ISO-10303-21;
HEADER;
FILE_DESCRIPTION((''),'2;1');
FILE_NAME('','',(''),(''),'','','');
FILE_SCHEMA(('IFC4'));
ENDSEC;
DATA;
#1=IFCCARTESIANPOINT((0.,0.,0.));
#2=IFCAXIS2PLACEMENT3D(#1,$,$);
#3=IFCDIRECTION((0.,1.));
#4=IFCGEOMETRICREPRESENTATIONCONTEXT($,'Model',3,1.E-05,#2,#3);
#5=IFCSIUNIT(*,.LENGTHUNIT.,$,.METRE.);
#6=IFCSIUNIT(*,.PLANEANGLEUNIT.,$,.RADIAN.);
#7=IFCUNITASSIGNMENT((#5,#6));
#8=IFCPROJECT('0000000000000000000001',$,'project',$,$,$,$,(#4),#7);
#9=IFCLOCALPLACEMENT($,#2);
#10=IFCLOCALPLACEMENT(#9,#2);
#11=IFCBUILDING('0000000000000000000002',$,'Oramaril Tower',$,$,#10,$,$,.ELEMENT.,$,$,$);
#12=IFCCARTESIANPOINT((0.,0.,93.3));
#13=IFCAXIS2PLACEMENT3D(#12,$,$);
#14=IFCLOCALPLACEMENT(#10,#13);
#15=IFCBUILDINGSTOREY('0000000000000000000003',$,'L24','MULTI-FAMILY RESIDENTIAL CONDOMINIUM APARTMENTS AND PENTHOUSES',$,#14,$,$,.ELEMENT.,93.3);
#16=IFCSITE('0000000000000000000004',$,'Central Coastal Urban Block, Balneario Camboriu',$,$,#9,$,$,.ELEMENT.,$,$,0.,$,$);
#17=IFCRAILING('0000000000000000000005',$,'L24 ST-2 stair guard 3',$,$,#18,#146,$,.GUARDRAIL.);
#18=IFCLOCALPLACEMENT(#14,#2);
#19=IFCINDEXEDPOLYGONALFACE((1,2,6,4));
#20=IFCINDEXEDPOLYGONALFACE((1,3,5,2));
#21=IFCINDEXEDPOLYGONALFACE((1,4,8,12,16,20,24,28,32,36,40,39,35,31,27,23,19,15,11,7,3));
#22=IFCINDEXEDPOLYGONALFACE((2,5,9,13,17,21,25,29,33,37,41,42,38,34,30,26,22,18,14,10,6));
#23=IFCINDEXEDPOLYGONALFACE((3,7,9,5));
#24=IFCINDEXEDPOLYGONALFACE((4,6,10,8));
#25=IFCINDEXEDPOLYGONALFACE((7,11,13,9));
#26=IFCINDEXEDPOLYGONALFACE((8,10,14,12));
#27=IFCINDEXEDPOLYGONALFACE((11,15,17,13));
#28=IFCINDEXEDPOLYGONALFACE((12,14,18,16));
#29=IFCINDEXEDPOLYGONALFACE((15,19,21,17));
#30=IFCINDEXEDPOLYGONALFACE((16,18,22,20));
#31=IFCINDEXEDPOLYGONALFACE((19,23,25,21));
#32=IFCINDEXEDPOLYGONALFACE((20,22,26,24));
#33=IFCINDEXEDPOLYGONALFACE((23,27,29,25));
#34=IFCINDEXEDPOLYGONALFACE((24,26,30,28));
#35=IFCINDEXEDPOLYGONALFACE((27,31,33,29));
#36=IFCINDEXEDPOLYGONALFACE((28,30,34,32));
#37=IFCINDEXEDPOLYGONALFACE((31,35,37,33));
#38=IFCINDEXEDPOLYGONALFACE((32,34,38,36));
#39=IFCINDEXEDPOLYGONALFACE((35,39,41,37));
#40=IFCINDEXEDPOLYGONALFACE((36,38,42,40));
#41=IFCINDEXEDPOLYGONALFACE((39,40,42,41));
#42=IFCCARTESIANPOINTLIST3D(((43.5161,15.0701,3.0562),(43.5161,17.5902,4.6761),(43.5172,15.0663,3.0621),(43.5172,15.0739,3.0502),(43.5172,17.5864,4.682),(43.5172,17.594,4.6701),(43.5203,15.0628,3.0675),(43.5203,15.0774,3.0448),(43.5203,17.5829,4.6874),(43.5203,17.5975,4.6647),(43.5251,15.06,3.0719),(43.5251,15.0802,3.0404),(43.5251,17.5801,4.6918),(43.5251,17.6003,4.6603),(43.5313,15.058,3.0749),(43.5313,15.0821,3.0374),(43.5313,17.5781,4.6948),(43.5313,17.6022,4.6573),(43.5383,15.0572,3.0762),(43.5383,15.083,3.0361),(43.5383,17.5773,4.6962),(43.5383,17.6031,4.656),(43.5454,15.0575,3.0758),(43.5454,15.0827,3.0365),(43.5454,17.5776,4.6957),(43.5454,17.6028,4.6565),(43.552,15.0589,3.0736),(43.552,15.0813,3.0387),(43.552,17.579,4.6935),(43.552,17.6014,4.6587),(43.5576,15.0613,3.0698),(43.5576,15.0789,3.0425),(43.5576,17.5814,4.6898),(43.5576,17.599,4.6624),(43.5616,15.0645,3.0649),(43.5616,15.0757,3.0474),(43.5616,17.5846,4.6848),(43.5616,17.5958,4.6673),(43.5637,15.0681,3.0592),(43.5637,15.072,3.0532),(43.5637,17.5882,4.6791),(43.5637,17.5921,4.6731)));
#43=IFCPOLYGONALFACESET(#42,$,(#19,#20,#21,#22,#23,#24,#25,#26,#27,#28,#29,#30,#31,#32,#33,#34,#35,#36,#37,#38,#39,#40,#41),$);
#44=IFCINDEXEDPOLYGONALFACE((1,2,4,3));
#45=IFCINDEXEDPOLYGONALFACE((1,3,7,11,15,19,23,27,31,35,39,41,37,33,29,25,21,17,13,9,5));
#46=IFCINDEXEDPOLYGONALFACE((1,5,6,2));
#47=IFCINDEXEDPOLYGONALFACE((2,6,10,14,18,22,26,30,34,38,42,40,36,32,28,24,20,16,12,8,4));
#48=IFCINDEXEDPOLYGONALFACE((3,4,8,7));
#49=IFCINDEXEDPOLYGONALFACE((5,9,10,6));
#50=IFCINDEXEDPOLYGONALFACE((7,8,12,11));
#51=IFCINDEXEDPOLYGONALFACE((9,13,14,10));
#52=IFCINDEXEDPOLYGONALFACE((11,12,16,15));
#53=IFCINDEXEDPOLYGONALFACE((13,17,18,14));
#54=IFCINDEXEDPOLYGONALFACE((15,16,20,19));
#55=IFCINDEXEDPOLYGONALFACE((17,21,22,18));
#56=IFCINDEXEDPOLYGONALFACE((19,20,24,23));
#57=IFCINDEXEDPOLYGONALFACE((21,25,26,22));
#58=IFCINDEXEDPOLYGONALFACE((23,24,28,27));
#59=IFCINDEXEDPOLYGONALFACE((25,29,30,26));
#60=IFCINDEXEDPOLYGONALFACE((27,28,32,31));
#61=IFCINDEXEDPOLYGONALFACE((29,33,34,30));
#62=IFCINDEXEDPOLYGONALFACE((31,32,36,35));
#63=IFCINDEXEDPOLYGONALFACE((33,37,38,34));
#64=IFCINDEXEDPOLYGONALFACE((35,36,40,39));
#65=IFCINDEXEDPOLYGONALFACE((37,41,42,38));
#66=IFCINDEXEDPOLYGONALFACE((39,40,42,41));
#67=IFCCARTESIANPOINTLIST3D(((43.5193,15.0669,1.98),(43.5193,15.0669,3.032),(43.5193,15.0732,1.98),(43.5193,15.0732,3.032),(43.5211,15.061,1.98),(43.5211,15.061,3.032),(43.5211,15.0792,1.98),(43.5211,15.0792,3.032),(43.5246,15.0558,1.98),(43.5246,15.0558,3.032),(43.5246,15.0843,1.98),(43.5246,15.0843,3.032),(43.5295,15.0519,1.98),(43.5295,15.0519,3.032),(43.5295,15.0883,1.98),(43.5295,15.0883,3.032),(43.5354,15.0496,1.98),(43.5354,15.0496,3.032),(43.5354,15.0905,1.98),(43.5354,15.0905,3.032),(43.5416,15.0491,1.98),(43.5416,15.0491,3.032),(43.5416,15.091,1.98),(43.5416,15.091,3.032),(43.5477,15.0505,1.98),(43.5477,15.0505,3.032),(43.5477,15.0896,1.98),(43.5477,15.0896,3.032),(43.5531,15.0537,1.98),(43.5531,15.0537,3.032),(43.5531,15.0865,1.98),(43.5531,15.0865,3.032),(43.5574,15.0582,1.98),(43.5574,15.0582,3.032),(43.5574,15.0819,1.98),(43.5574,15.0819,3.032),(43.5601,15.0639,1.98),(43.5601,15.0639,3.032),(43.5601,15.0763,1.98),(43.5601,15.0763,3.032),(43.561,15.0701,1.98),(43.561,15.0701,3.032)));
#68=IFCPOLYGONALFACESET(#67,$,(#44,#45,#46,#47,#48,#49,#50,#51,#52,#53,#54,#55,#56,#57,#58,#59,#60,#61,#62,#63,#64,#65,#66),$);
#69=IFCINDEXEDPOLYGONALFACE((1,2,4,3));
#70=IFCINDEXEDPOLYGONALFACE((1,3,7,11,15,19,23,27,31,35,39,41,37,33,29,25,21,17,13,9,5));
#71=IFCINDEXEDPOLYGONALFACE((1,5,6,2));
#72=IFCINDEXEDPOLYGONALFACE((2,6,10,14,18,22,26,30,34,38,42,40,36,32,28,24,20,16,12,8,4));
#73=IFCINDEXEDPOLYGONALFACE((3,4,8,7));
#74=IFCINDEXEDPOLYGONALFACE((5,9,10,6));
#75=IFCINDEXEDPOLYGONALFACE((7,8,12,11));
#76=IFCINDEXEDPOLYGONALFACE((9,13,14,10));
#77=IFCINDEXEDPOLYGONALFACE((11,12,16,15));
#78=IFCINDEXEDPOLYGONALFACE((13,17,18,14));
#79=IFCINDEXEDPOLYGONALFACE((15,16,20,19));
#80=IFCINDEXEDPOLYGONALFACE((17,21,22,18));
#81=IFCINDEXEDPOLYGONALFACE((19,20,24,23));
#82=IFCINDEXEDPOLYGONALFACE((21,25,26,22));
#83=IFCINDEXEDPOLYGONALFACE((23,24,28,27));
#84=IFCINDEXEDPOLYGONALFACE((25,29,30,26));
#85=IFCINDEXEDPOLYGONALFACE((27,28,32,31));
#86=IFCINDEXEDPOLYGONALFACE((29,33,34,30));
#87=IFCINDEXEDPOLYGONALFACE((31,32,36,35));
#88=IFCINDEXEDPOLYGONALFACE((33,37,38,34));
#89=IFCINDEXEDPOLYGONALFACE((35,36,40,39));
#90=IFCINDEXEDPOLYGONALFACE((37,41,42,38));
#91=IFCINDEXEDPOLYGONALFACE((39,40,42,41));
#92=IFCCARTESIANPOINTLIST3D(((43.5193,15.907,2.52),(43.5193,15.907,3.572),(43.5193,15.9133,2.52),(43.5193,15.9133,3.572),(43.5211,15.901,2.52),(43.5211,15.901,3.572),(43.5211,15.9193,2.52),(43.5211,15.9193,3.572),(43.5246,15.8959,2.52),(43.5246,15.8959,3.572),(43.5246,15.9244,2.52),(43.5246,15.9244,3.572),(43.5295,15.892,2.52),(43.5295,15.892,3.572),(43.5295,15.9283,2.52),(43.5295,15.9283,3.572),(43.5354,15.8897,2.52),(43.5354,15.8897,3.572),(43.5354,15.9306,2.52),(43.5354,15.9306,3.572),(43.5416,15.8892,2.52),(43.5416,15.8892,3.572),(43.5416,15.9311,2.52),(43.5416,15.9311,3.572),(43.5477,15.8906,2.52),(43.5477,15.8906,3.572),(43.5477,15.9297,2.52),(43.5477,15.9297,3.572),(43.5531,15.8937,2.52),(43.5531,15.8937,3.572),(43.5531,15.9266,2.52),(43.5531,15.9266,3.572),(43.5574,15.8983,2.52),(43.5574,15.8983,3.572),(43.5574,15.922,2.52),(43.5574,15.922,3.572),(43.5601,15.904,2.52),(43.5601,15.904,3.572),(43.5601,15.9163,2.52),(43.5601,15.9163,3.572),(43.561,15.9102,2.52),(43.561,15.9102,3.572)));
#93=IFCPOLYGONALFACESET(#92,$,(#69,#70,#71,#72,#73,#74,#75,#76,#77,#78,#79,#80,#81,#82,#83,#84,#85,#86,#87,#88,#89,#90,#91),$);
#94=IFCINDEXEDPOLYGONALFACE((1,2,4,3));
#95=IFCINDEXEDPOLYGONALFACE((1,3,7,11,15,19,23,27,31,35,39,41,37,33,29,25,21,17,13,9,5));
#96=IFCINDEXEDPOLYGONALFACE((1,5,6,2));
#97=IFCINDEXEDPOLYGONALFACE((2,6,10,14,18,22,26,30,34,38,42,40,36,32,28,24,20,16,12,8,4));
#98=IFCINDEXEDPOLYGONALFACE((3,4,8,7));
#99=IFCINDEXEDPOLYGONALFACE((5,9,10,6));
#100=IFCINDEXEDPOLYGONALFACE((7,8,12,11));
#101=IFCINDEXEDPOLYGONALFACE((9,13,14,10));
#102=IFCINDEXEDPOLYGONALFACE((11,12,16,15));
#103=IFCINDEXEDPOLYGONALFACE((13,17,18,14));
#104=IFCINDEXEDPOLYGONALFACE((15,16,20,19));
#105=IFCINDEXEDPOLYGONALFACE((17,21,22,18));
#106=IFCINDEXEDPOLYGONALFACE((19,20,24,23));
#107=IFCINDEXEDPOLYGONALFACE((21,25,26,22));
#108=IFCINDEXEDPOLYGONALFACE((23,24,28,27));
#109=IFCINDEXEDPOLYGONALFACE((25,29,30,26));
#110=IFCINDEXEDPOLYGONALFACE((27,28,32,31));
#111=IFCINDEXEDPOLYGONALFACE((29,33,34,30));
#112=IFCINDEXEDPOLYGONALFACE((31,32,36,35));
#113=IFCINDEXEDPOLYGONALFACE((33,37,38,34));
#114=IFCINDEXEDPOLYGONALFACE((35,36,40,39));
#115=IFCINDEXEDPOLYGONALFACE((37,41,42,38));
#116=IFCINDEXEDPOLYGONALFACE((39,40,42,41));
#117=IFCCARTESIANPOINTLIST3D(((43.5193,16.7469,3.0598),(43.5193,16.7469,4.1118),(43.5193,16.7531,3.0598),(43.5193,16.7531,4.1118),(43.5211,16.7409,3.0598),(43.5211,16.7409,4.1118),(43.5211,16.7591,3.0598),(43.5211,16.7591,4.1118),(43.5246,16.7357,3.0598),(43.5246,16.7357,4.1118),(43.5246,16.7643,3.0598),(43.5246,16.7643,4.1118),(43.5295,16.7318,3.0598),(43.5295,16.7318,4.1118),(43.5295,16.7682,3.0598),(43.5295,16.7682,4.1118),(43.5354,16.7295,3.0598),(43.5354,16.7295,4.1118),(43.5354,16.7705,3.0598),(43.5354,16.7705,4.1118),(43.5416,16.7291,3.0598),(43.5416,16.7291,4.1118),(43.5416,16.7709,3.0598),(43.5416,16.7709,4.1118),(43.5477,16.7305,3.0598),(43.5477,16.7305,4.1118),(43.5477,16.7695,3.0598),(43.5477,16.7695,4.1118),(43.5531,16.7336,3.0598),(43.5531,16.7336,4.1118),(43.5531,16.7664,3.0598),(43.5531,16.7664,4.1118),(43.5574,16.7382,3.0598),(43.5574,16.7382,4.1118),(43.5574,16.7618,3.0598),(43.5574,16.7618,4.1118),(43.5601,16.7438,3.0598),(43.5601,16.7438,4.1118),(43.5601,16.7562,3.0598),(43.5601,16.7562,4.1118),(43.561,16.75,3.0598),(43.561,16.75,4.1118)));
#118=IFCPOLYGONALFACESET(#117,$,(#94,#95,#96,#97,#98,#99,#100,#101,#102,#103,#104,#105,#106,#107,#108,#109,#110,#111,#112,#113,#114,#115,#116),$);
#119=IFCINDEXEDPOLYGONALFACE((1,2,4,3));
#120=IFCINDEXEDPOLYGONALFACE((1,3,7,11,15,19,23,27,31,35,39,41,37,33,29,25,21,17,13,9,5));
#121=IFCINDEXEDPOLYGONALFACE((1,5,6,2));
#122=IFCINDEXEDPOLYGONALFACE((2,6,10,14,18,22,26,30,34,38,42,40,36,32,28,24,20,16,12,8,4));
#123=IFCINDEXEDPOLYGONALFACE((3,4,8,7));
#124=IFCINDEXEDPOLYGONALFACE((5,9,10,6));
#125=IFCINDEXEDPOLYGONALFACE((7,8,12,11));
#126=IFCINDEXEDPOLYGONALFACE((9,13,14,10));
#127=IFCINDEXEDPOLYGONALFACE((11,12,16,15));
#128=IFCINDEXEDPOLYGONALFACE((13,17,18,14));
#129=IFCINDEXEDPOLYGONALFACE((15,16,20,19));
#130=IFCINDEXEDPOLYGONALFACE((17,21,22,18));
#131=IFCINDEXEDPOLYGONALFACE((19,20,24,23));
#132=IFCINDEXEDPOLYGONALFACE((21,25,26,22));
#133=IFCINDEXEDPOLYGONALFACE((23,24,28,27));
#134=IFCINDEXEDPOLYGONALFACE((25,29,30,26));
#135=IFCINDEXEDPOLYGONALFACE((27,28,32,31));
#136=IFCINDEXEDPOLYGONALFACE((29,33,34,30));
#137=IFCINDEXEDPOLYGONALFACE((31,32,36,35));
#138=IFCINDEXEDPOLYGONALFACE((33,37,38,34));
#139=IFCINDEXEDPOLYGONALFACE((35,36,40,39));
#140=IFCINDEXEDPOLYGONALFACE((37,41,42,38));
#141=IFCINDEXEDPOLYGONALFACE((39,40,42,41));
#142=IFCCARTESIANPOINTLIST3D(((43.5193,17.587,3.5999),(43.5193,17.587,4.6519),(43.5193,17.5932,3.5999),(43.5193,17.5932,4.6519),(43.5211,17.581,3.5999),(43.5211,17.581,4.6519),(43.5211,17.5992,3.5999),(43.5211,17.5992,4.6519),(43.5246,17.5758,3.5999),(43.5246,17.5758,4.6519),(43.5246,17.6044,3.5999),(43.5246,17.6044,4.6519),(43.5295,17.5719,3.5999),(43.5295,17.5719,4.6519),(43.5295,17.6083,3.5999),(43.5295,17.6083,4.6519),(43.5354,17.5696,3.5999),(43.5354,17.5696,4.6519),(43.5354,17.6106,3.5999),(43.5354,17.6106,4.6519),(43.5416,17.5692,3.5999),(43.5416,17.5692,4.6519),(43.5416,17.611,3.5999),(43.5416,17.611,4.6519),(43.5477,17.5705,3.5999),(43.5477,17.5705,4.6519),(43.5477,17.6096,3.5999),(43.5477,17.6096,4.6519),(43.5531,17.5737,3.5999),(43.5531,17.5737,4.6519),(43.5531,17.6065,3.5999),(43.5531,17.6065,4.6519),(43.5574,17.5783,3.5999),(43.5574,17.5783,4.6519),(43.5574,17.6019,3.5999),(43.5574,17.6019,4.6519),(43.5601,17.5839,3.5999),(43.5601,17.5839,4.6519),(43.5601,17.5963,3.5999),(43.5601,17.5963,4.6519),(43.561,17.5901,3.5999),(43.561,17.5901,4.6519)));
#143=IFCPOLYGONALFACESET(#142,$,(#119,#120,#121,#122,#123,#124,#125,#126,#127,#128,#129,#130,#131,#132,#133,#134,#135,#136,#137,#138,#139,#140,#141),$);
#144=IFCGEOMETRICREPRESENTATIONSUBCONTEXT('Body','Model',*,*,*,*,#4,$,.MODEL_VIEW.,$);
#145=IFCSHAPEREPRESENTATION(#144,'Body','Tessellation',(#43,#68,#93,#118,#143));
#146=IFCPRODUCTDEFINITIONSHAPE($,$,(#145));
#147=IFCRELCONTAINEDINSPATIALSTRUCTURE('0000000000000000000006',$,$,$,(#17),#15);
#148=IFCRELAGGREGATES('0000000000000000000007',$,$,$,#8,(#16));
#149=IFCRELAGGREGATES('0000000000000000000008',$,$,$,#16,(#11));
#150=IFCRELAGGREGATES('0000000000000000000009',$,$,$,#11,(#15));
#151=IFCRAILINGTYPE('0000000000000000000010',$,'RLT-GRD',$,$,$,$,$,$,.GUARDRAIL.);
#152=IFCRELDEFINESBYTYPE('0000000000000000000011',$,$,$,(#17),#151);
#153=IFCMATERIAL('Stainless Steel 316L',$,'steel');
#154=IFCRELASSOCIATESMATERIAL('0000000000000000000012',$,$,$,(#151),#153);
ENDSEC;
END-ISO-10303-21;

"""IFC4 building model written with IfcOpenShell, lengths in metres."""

from ifc_helpers import new_model, si_unit, direction, frame, origin, origin_2d, place, context, subcontext, project, spatial, circle, extrude, material, type_object, element, save


model = new_model("IFC4")

# Units and contexts
model_context = context("Model", 3, precision=1e-05, world=origin(), true_north=direction((0.0, 1.0)))
body_context = subcontext(model_context, "Body", "Model", "MODEL_VIEW")
ifc_project = project(units=[si_unit("LENGTHUNIT", "METRE"), si_unit("PLANEANGLEUNIT", "RADIAN")], contexts=[model_context])

# Site, building, storey
site_placement = place(None, origin())
site = spatial("IfcSite", under=ifc_project, at=site_placement, Name="Central Coastal Urban Block, Balneario Camboriu", CompositionType="ELEMENT", RefElevation=0.0)
building_placement = place(site_placement, origin())
building = spatial("IfcBuilding", under=site, at=building_placement, Name="Oramaril Tower", CompositionType="ELEMENT")
storey_placement = place(building_placement, frame((0.0, 0.0, 93.3)))
storey = spatial("IfcBuildingStorey", under=building, at=storey_placement, Name="L24", Description="MULTI-FAMILY RESIDENTIAL CONDOMINIUM APARTMENTS AND PENTHOUSES", CompositionType="ELEMENT", Elevation=93.3)

# Railing
ifc_material_1 = material(Name="Stainless Steel 316L", Category="steel")
railing_type_1 = type_object("IfcRailingType", Name="RLT-GRD", PredefinedType="GUARDRAIL", material=ifc_material_1)
railing_1_placement = place(storey_placement, frame((43.54, 15.0701, 1.98)))
element("IfcRailing", 1, at=railing_1_placement, inside=storey, type_object=railing_type_1, Name="L24 ST-2 stair guard 3", PredefinedType="GUARDRAIL", context=body_context, shape_type="SweptSolid", body=[
    extrude(circle(Radius=0.0239, at=origin_2d()), frame((0.0, 0.0, 1.0762), z_axis=(0.0, 0.8412, 0.540725), x_axis=(-1.0, 0.0, 0.0)), (0.0, 0.0, 1.0), 2.9958),
    extrude(circle(Radius=0.021, at=origin_2d()), origin(), (0.0, 0.0, 1.0), 1.052),
    extrude(circle(Radius=0.021, at=origin_2d()), frame((0.0, 0.8401, 0.54)), (0.0, 0.0, 1.0), 1.052),
    extrude(circle(Radius=0.021, at=origin_2d()), frame((0.0, 1.6799, 1.0798)), (0.0, 0.0, 1.0), 1.052),
    extrude(circle(Radius=0.021, at=origin_2d()), frame((0.0, 2.52, 1.6199)), (0.0, 0.0, 1.0), 1.052),
])

save(model, "model.ifc")
